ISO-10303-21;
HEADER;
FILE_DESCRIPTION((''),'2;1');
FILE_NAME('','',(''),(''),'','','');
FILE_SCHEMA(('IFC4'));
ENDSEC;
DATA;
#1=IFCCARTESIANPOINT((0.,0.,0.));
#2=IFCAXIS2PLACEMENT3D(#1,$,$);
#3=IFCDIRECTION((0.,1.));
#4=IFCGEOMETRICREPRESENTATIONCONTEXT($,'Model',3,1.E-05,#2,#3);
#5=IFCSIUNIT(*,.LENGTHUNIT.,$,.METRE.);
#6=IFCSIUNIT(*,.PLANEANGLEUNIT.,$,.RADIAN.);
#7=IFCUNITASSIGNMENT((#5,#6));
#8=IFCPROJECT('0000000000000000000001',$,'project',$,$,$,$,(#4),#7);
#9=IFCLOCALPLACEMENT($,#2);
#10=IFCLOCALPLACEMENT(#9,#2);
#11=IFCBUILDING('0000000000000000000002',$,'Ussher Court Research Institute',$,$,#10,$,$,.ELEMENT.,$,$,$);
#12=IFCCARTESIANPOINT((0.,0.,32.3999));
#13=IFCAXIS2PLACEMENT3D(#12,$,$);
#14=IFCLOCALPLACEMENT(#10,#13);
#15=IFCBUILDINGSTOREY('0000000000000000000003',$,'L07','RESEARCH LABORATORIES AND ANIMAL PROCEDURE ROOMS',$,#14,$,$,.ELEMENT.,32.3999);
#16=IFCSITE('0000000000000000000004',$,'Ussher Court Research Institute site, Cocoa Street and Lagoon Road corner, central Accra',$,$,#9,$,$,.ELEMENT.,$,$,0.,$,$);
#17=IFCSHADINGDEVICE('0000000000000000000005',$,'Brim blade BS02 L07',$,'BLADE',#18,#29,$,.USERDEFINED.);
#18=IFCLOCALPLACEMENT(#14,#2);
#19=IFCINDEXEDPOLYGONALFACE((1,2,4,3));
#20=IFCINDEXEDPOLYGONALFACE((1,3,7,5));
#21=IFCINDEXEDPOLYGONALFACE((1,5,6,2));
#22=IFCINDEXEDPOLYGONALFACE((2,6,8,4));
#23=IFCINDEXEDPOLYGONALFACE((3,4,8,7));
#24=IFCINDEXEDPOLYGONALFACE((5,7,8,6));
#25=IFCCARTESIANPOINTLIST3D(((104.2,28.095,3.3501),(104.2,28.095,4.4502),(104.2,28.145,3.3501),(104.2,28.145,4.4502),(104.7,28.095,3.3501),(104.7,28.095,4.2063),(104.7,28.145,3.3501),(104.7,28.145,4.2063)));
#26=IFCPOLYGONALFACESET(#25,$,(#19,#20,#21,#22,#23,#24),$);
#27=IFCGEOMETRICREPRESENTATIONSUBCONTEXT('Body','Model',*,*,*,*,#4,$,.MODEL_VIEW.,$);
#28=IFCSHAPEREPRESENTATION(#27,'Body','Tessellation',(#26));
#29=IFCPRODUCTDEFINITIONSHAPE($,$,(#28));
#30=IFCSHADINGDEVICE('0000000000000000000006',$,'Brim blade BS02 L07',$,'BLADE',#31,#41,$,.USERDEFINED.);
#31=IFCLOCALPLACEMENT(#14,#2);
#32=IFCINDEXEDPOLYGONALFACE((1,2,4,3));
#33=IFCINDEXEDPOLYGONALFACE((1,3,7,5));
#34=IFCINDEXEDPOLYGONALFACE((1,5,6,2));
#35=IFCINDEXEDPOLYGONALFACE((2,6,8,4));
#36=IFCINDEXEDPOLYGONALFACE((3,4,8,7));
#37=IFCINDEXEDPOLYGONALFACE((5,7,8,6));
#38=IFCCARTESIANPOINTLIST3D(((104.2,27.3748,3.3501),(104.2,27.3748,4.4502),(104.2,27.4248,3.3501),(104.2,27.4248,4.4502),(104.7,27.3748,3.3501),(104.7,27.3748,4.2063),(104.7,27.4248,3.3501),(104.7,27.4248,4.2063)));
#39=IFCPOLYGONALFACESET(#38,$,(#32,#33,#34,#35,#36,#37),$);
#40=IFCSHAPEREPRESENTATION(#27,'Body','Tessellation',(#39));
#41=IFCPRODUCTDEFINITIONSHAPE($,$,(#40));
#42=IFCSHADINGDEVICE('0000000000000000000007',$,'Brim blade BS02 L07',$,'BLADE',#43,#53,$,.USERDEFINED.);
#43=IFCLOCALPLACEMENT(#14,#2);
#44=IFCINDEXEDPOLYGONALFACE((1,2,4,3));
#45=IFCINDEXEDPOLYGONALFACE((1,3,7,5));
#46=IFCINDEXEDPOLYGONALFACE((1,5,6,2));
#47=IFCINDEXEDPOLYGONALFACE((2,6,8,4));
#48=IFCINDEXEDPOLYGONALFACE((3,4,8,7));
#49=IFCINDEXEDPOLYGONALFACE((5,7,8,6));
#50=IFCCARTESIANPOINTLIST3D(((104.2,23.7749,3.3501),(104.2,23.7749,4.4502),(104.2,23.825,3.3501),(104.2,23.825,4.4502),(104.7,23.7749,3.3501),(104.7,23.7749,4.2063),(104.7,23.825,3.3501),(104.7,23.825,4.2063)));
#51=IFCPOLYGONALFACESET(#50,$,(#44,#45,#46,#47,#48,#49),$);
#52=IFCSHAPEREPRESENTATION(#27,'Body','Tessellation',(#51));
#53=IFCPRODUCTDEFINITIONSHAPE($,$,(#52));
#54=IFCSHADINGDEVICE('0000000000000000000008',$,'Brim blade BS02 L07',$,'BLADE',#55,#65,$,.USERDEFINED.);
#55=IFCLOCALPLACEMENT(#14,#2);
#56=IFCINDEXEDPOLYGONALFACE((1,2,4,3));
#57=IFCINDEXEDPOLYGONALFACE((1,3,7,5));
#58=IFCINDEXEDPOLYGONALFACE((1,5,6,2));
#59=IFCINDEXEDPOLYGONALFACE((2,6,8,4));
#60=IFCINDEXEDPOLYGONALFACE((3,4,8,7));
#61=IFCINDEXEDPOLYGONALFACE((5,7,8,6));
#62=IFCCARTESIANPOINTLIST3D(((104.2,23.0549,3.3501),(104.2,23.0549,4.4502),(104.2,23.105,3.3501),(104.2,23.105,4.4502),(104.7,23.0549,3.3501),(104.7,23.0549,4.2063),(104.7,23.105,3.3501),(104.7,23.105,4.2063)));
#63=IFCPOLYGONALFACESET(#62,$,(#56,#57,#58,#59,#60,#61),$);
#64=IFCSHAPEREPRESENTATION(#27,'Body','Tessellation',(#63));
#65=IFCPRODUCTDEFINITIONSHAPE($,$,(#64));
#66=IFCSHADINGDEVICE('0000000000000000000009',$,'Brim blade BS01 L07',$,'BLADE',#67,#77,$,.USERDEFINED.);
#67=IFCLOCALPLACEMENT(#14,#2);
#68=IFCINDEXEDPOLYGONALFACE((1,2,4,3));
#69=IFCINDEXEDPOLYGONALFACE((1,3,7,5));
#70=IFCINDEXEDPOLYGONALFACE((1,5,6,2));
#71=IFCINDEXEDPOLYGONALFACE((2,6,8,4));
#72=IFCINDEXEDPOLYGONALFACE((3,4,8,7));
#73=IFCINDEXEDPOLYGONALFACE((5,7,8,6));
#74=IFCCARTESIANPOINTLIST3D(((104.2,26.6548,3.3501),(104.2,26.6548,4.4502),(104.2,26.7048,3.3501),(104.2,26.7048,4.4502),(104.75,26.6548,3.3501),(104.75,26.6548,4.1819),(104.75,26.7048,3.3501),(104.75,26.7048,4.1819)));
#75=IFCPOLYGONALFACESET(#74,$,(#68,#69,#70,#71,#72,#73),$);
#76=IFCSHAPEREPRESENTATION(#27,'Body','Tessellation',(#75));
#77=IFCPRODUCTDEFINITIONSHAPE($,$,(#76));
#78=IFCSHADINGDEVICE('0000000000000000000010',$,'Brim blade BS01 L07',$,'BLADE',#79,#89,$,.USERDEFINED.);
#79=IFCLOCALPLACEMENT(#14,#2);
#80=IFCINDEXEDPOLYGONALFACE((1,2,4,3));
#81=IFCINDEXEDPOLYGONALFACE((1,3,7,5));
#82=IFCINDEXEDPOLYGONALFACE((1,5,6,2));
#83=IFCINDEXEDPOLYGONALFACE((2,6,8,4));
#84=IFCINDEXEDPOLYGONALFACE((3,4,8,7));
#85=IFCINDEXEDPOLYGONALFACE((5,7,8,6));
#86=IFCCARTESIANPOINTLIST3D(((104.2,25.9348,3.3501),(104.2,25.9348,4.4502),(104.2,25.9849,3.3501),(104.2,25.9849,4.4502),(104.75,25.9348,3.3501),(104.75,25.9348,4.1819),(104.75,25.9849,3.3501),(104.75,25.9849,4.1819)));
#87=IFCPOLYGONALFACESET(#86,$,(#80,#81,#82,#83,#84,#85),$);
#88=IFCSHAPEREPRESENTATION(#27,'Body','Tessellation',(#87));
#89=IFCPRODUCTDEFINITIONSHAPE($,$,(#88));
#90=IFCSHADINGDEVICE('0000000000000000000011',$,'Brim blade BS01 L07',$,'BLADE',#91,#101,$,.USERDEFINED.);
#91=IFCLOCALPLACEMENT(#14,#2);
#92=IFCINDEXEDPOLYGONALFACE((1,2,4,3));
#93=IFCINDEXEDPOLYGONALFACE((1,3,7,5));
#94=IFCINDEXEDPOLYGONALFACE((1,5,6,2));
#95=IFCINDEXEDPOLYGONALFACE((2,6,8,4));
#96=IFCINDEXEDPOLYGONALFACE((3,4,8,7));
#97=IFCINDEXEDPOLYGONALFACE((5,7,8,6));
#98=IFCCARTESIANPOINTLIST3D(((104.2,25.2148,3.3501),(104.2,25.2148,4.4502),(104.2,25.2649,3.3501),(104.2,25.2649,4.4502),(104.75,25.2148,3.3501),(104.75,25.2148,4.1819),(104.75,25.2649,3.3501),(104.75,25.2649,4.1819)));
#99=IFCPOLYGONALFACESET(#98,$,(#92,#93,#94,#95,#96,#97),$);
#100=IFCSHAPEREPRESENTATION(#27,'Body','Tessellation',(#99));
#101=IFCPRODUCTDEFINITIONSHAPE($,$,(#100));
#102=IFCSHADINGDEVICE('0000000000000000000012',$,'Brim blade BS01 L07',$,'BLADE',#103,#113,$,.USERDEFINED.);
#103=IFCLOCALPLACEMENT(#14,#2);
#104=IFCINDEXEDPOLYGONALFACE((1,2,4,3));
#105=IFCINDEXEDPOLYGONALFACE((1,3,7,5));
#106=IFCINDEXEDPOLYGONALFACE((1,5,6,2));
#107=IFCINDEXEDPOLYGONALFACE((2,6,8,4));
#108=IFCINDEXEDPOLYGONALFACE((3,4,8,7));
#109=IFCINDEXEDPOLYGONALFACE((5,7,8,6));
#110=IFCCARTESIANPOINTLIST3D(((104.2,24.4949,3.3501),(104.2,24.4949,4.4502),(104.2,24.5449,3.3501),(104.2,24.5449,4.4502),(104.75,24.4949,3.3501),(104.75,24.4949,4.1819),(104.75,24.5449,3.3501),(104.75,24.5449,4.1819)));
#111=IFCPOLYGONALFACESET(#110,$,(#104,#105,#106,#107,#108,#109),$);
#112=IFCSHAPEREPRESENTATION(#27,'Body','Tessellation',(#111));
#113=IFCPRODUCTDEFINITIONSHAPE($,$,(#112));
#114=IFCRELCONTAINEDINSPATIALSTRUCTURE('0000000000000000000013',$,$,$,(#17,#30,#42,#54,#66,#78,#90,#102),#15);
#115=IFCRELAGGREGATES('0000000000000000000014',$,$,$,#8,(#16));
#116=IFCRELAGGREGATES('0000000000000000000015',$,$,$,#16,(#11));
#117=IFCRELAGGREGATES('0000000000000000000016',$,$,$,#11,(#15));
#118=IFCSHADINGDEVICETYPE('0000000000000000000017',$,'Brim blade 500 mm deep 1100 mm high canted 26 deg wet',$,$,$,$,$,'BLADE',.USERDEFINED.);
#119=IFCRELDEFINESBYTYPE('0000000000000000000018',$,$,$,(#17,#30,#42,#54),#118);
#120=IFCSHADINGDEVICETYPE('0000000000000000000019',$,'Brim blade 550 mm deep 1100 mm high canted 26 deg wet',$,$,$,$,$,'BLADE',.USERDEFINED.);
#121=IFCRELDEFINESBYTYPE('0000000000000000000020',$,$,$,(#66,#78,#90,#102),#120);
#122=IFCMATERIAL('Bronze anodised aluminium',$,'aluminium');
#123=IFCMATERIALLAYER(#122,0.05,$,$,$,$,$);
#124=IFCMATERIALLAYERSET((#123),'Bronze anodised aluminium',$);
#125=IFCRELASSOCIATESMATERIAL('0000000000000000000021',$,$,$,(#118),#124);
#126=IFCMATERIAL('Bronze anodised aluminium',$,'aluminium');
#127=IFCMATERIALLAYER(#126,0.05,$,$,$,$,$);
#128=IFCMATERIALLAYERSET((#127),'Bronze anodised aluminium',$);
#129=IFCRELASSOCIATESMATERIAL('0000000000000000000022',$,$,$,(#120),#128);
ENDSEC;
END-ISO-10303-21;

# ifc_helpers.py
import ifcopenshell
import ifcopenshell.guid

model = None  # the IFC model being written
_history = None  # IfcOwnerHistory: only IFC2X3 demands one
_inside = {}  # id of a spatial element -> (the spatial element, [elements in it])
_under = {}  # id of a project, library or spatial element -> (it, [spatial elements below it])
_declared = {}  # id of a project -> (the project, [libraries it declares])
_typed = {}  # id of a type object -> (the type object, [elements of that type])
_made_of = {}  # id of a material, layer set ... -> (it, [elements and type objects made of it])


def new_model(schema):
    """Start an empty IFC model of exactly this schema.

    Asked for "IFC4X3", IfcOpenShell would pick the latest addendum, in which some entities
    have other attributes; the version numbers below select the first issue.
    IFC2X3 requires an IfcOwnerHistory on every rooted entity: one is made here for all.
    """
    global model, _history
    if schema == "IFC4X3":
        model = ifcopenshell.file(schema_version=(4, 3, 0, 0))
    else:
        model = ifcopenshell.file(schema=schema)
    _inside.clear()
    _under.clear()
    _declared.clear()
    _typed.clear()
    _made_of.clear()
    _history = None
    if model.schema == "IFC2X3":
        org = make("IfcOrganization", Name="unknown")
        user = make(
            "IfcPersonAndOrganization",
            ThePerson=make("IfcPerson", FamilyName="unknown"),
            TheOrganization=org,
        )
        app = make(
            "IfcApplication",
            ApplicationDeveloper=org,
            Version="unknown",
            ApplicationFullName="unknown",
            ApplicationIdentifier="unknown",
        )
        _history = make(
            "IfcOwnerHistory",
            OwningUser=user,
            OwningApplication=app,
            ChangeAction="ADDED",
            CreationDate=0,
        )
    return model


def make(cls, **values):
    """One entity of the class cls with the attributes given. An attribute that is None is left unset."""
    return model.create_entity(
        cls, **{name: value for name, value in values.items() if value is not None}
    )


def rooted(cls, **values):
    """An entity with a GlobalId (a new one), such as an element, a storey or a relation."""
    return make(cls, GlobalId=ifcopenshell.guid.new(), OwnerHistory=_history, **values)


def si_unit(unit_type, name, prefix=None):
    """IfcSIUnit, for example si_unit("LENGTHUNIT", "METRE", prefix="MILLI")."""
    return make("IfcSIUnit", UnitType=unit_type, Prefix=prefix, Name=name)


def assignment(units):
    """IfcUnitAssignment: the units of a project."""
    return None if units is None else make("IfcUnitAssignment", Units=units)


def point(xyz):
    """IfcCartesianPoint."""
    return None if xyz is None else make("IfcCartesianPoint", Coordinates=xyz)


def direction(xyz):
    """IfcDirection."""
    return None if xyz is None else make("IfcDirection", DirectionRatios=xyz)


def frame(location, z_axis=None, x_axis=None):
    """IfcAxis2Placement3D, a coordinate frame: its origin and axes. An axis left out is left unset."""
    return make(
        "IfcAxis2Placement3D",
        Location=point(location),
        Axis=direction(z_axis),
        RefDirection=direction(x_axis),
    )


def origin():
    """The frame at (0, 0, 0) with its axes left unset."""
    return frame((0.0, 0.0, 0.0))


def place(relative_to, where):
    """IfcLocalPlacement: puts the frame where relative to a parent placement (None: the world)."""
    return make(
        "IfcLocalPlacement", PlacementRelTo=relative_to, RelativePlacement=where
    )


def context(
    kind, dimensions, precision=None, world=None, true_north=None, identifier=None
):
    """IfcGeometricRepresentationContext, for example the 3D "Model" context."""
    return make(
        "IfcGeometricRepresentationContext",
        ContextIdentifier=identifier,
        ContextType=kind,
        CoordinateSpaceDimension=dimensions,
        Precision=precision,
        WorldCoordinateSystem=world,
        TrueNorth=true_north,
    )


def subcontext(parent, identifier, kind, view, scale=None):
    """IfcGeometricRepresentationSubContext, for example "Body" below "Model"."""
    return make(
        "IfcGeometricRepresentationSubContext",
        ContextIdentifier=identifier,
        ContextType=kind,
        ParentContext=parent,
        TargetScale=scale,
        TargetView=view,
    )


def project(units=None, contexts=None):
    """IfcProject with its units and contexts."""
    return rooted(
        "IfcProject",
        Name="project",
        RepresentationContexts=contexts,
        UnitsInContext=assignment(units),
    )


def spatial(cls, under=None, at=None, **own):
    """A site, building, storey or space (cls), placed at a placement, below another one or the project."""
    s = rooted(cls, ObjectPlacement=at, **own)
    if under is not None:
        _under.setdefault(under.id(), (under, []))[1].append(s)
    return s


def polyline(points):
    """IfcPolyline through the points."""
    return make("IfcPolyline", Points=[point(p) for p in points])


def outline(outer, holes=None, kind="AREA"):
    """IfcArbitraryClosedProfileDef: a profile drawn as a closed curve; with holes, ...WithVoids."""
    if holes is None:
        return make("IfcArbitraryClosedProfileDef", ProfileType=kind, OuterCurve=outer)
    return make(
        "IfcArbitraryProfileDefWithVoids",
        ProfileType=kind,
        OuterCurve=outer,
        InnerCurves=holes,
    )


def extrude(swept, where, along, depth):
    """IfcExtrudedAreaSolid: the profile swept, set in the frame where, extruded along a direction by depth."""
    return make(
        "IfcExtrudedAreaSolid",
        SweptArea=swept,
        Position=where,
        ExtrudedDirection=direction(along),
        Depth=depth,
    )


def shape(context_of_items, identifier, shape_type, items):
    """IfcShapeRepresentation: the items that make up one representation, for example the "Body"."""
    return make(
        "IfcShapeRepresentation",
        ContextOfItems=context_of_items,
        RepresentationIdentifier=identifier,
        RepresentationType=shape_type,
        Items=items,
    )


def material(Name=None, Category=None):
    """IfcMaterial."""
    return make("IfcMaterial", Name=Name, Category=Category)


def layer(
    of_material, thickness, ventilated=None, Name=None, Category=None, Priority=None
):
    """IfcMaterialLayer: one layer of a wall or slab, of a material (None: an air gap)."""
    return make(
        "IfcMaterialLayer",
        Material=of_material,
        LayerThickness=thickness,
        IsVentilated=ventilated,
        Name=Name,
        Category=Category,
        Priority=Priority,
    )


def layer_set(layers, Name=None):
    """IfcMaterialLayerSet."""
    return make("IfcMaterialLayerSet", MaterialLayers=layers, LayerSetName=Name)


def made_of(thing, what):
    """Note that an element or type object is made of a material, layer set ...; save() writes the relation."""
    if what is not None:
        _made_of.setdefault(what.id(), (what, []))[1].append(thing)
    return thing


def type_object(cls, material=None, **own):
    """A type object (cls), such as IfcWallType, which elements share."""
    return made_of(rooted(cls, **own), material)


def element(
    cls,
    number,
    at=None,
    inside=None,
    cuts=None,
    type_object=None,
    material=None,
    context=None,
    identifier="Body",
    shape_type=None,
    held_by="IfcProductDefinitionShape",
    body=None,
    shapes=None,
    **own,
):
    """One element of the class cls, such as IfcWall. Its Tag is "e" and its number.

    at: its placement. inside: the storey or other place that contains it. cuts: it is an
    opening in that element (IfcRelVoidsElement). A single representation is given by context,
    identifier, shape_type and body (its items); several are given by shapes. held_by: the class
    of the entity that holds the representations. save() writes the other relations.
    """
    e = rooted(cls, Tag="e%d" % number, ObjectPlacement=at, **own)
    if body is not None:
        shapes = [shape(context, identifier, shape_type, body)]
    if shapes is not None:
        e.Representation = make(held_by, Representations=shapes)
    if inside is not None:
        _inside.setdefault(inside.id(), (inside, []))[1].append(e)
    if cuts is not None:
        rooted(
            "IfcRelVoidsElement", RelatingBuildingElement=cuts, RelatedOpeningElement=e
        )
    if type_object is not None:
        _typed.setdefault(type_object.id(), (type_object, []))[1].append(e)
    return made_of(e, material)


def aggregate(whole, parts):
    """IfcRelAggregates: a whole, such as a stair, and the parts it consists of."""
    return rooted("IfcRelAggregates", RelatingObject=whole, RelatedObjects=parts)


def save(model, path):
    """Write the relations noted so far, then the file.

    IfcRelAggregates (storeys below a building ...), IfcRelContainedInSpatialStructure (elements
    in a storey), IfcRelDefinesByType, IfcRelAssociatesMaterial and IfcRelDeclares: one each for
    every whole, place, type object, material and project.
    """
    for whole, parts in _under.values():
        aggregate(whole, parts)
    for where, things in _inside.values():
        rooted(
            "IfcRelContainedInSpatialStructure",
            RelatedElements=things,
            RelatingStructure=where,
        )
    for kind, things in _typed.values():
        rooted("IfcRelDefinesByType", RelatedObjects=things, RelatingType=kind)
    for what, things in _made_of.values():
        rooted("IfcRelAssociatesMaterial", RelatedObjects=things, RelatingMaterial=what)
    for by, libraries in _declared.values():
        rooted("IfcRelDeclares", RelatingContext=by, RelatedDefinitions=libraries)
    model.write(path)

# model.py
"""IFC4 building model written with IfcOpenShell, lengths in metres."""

from ifc_helpers import new_model, si_unit, direction, frame, origin, place, context, subcontext, project, spatial, polyline, outline, extrude, material, layer, layer_set, type_object, element, save


model = new_model("IFC4")

# Units and contexts
model_context = context("Model", 3, precision=1e-05, world=origin(), true_north=direction((0.0, 1.0)))
body_context = subcontext(model_context, "Body", "Model", "MODEL_VIEW")
ifc_project = project(units=[si_unit("LENGTHUNIT", "METRE"), si_unit("PLANEANGLEUNIT", "RADIAN")], contexts=[model_context])

# Site, building, storey
site_placement = place(None, origin())
site = spatial("IfcSite", under=ifc_project, at=site_placement, Name="Ussher Court Research Institute site, Cocoa Street and Lagoon Road corner, central Accra", CompositionType="ELEMENT", RefElevation=0.0)
building_placement = place(site_placement, origin())
building = spatial("IfcBuilding", under=site, at=building_placement, Name="Ussher Court Research Institute", CompositionType="ELEMENT")
storey_placement = place(building_placement, frame((0.0, 0.0, 32.3999)))
storey = spatial("IfcBuildingStorey", under=building, at=storey_placement, Name="L07", Description="RESEARCH LABORATORIES AND ANIMAL PROCEDURE ROOMS", CompositionType="ELEMENT", Elevation=32.3999)

# Shading devices
ifc_material_1 = material(Name="Bronze anodised aluminium", Category="aluminium")
ifc_layer_1 = layer(ifc_material_1, 0.05)
ifc_layer_set_1 = layer_set([ifc_layer_1], Name="Bronze anodised aluminium")
shading_device_type_1 = type_object("IfcShadingDeviceType", Name="Brim blade 500 mm deep 1100 mm high canted 26 deg wet", ElementType="BLADE", PredefinedType="USERDEFINED", material=ifc_layer_set_1)
for number, where, z_axis, x_axis, name in (
    (1, (104.2, 28.1201, 3.3501), (0.0, 0.0, 1.0), (1.0, 0.0, 0.0), "Brim blade BS02 L07"),
    (2, (104.2, 27.3999, 3.3501), (0.0, 0.0, 1.0), (1.0, 0.0, 0.0), "Brim blade BS02 L07"),
    (3, (104.2, 23.8, 3.3501), (0.0, 0.0, 1.0), (1.0, 0.0, 0.0), "Brim blade BS02 L07"),
    (4, (104.2, 23.0801, 3.3501), (0.0, 0.0, 1.0), (1.0, 0.0, 0.0), "Brim blade BS02 L07"),
):
    element("IfcShadingDevice", number, at=place(storey_placement, frame(where, z_axis=z_axis, x_axis=x_axis)), inside=storey, type_object=shading_device_type_1, Name=name, ObjectType="BLADE", PredefinedType="USERDEFINED", context=body_context, shape_type="SweptSolid", body=[
        extrude(outline(polyline([(0.0, 0.0), (0.5, 0.0), (0.5, 0.8562), (0.0, 1.1001), (0.0, 0.0)])), frame((0.0, 0.0249, 0.0), z_axis=(0.0, -1.0, 0.0), x_axis=(1.0, 0.0, 0.0)), (0.0, 0.0, 1.0), 0.05),
    ])
ifc_material_2 = material(Name="Bronze anodised aluminium", Category="aluminium")
ifc_layer_2 = layer(ifc_material_2, 0.05)
ifc_layer_set_2 = layer_set([ifc_layer_2], Name="Bronze anodised aluminium")
shading_device_type_2 = type_object("IfcShadingDeviceType", Name="Brim blade 550 mm deep 1100 mm high canted 26 deg wet", ElementType="BLADE", PredefinedType="USERDEFINED", material=ifc_layer_set_2)
for number, where, z_axis, x_axis, name in (
    (5, (104.2, 26.6799, 3.3501), (0.0, 0.0, 1.0), (1.0, 0.0, 0.0), "Brim blade BS01 L07"),
    (6, (104.2, 25.96, 3.3501), (0.0, 0.0, 1.0), (1.0, 0.0, 0.0), "Brim blade BS01 L07"),
    (7, (104.2, 25.24, 3.3501), (0.0, 0.0, 1.0), (1.0, 0.0, 0.0), "Brim blade BS01 L07"),
    (8, (104.2, 24.52, 3.3501), (0.0, 0.0, 1.0), (1.0, 0.0, 0.0), "Brim blade BS01 L07"),
):
    element("IfcShadingDevice", number, at=place(storey_placement, frame(where, z_axis=z_axis, x_axis=x_axis)), inside=storey, type_object=shading_device_type_2, Name=name, ObjectType="BLADE", PredefinedType="USERDEFINED", context=body_context, shape_type="SweptSolid", body=[
        extrude(outline(polyline([(0.0, 0.0), (0.55, 0.0), (0.55, 0.8318), (0.0, 1.1001), (0.0, 0.0)])), frame((0.0, 0.0249, 0.0), z_axis=(0.0, -1.0, 0.0), x_axis=(1.0, 0.0, 0.0)), (0.0, 0.0, 1.0), 0.05),
    ])

save(model, "model.ifc")
